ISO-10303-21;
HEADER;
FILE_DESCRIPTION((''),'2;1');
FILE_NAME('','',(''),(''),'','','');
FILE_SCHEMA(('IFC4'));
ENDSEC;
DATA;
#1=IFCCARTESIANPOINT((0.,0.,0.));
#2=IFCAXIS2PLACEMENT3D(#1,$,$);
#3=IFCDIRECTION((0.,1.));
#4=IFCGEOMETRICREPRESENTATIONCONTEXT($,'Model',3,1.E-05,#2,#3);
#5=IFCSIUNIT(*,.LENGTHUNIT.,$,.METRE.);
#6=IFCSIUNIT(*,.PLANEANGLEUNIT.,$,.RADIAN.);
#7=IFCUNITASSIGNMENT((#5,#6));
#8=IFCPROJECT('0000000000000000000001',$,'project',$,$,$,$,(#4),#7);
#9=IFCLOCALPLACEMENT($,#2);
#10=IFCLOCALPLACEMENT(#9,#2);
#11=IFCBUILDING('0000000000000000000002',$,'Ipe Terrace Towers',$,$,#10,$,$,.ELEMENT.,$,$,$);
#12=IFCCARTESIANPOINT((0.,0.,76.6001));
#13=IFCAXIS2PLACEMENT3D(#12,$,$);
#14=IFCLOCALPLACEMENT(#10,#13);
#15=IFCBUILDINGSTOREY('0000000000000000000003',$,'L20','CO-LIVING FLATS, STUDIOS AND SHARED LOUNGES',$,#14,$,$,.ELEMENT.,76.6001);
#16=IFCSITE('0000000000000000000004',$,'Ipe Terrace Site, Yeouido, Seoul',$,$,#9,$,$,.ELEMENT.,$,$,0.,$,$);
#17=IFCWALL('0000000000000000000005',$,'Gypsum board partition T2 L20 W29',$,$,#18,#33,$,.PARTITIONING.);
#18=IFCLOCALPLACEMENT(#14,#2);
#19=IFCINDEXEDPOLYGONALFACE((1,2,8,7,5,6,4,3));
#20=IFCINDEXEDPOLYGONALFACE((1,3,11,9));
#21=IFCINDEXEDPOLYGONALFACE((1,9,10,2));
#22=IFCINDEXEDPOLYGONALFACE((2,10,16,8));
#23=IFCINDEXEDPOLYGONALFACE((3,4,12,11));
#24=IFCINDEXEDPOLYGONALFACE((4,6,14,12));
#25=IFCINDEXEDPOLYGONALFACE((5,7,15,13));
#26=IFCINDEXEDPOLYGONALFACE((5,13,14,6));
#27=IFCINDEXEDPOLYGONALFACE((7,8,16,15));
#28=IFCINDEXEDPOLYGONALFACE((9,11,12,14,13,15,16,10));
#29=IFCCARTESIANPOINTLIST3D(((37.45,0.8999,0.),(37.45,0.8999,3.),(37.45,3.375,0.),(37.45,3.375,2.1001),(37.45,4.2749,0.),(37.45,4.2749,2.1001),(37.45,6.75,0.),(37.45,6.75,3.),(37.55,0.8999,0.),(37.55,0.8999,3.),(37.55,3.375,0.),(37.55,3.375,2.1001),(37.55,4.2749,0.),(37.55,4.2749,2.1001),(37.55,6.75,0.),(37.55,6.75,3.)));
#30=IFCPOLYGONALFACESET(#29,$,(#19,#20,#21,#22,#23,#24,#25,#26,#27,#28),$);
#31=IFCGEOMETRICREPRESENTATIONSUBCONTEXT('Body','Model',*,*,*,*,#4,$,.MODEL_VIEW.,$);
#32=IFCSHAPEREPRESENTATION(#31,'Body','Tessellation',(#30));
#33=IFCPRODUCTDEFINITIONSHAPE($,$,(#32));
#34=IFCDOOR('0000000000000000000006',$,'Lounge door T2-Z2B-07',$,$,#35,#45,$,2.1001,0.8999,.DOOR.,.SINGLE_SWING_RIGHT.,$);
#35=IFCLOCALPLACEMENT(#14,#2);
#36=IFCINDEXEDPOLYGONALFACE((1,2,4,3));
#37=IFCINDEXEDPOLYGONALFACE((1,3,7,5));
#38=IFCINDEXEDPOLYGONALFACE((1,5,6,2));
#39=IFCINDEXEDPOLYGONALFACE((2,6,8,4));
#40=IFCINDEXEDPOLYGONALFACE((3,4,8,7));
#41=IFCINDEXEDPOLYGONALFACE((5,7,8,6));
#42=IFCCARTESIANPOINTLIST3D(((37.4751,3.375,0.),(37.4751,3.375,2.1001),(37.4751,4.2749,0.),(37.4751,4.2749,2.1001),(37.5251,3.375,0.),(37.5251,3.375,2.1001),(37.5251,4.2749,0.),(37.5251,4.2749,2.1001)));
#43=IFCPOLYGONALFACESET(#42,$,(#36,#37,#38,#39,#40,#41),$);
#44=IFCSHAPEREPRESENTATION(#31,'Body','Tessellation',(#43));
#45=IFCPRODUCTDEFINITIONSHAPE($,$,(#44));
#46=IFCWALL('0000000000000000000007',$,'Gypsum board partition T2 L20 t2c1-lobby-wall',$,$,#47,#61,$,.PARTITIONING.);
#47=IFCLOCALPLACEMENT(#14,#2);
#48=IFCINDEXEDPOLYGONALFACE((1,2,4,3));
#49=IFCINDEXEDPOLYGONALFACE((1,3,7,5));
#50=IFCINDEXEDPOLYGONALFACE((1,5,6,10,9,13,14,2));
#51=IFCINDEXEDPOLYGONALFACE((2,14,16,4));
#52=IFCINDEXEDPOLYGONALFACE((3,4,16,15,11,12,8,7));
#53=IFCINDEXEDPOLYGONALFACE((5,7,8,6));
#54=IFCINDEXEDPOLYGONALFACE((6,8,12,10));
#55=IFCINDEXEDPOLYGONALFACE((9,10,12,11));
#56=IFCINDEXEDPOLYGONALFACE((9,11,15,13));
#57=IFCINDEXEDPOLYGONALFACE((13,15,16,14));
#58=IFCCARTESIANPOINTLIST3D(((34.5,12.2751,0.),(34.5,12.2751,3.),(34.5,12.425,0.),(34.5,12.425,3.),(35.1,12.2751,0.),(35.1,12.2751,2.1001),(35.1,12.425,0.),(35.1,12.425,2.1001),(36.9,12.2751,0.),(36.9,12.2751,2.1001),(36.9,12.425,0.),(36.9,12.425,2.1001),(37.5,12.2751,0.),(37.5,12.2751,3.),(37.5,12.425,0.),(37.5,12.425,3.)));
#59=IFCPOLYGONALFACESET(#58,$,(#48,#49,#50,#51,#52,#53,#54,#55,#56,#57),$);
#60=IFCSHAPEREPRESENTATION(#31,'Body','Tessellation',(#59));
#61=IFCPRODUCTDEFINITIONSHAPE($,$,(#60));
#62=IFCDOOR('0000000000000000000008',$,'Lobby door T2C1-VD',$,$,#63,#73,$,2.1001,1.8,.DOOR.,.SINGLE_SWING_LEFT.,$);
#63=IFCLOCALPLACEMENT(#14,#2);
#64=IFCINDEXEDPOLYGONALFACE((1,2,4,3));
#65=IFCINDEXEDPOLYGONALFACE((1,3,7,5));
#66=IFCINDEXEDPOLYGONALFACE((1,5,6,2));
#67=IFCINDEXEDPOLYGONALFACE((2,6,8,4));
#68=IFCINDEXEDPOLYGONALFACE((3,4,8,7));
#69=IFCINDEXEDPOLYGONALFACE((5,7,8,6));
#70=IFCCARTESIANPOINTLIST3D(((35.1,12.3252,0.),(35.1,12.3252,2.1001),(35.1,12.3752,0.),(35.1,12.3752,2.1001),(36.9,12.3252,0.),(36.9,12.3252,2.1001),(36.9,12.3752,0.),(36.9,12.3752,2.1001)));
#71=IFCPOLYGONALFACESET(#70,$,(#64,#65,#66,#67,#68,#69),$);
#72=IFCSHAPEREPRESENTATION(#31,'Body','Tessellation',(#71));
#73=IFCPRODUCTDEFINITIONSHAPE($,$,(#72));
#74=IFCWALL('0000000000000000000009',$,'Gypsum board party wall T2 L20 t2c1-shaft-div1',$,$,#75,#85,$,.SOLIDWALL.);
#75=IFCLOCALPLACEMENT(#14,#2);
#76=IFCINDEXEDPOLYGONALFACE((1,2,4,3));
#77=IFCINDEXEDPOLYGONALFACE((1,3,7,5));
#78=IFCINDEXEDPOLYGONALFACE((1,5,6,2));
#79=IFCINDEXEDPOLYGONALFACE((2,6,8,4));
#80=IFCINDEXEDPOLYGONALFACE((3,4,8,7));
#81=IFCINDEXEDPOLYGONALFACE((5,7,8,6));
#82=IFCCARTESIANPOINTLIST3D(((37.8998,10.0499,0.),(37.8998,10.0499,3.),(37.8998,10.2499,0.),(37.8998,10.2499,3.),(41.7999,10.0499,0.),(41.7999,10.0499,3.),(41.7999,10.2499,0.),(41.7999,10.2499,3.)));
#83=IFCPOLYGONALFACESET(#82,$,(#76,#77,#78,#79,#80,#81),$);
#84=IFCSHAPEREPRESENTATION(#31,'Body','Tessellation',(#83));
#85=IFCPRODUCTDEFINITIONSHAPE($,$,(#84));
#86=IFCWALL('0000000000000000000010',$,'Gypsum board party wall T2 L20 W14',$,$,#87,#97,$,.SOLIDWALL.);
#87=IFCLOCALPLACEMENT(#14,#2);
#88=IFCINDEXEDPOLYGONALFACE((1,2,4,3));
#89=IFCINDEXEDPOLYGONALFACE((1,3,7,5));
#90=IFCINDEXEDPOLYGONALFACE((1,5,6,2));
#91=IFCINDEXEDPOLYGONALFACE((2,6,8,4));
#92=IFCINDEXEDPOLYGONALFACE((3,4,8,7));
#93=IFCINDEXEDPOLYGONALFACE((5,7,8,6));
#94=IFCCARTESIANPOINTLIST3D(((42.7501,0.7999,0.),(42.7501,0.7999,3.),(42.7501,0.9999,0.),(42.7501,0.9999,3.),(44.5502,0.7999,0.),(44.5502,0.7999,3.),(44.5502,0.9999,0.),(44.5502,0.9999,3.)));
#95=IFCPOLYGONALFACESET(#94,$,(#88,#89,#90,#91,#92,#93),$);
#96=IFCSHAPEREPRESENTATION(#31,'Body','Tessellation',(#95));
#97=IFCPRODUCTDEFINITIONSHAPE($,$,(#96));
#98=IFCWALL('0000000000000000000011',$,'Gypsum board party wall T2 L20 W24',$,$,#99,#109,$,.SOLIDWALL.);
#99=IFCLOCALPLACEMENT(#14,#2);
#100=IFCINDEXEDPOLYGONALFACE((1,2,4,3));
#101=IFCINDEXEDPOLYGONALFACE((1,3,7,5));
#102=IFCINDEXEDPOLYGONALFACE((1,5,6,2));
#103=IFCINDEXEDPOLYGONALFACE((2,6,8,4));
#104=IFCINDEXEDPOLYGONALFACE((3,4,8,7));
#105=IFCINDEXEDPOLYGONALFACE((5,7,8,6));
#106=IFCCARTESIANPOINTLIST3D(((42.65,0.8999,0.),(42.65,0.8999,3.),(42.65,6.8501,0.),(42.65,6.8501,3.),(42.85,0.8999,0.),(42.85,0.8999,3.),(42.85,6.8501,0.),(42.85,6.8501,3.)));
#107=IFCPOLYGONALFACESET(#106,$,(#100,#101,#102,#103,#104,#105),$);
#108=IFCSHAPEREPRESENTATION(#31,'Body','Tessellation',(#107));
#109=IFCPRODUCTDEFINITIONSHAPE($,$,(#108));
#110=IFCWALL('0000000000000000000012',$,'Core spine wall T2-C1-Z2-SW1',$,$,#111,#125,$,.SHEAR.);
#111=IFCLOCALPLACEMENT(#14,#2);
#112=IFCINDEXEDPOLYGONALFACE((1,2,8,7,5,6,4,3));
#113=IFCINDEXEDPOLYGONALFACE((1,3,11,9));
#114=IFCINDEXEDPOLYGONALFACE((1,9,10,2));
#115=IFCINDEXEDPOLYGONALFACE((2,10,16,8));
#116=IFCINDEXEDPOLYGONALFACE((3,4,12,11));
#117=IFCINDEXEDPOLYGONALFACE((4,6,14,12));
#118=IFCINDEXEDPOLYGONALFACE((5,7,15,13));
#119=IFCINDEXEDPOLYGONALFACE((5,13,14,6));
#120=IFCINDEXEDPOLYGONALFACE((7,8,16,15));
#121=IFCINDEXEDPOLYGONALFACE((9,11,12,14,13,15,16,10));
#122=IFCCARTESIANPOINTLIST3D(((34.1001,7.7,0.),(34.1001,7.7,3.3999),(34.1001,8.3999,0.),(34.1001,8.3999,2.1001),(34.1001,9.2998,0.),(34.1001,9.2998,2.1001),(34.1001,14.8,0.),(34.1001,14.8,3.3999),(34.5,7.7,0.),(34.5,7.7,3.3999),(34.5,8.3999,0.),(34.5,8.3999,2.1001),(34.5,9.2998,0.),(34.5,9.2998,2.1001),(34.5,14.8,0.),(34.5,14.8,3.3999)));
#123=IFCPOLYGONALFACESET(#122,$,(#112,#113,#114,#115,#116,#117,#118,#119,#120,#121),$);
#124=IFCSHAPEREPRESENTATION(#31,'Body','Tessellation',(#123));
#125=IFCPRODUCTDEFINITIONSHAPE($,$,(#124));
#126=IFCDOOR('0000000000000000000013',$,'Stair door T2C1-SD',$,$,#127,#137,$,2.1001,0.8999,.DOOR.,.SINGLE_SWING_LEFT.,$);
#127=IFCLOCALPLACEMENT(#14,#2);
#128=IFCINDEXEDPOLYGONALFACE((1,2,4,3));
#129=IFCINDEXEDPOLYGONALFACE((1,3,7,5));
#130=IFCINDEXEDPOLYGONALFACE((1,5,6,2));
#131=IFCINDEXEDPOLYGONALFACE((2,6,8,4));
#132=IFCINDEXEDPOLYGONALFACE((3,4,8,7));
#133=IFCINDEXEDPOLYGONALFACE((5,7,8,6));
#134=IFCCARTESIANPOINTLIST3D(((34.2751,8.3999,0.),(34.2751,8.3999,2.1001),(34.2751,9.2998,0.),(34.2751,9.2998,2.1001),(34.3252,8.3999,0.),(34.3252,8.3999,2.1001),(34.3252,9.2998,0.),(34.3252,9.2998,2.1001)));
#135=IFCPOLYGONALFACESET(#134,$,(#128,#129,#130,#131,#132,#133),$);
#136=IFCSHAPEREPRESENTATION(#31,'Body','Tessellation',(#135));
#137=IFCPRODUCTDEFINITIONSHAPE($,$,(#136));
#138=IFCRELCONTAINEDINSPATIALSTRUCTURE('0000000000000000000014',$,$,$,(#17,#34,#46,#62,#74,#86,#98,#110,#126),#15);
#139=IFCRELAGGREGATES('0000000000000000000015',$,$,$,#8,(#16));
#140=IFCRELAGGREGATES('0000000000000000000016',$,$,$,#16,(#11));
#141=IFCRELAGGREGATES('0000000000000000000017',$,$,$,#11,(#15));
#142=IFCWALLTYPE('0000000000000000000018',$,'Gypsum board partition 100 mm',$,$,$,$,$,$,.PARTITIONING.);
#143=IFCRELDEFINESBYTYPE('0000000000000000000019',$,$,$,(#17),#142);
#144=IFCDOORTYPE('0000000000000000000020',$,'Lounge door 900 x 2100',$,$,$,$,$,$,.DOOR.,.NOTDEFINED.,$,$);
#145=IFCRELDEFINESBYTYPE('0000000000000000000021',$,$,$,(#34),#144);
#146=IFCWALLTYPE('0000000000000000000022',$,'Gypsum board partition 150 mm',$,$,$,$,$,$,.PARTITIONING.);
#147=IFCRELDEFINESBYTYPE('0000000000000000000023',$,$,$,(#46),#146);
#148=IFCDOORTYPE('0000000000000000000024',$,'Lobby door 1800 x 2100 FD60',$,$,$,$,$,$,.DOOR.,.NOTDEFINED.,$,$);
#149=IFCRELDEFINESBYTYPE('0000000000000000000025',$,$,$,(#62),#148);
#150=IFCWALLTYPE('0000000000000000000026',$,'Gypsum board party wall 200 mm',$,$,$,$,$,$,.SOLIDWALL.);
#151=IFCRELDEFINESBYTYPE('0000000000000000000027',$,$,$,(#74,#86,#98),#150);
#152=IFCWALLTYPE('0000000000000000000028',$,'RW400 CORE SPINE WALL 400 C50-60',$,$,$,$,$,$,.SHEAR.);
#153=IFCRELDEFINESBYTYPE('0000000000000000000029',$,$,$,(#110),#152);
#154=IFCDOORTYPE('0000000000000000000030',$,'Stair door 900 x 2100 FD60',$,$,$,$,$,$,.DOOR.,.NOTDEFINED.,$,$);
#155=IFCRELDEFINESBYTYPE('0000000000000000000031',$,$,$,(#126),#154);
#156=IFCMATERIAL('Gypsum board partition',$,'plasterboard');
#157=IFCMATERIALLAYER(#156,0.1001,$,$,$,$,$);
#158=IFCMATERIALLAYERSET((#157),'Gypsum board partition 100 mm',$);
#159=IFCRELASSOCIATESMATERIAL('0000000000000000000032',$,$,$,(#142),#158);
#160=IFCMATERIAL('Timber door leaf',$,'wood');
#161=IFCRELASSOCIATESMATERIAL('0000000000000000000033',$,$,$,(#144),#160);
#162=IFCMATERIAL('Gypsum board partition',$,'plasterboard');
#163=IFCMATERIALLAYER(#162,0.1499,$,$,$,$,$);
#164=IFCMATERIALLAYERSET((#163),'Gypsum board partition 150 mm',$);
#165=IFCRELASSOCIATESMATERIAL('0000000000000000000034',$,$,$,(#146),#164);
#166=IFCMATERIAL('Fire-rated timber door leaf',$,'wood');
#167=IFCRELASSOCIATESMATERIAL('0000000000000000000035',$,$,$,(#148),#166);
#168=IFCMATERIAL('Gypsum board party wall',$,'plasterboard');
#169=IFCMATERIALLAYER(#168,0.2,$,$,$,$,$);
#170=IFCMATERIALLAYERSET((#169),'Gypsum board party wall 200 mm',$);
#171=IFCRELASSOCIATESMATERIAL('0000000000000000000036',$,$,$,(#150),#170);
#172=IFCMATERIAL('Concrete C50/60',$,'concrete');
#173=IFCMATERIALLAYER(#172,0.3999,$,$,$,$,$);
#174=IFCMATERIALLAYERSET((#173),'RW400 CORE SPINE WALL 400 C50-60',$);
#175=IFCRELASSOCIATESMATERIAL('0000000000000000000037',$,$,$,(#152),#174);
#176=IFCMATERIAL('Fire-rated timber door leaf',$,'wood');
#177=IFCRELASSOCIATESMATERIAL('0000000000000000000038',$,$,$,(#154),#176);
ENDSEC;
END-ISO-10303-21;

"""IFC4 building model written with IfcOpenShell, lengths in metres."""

from ifc_helpers import new_model, si_unit, direction, frame, frame_2d, origin, place, context, subcontext, project, spatial, rectangle, extrude, material, layer, layer_set, type_object, element, fill, save


model = new_model("IFC4")

# Units and contexts
model_context = context("Model", 3, precision=1e-05, world=origin(), true_north=direction((0.0, 1.0)))
body_context = subcontext(model_context, "Body", "Model", "MODEL_VIEW")
ifc_project = project(units=[si_unit("LENGTHUNIT", "METRE"), si_unit("PLANEANGLEUNIT", "RADIAN")], contexts=[model_context])

# Site, building, storey
site_placement = place(None, origin())
site = spatial("IfcSite", under=ifc_project, at=site_placement, Name="Ipe Terrace Site, Yeouido, Seoul", CompositionType="ELEMENT", RefElevation=0.0)
building_placement = place(site_placement, origin())
building = spatial("IfcBuilding", under=site, at=building_placement, Name="Ipe Terrace Towers", CompositionType="ELEMENT")
storey_placement = place(building_placement, frame((0.0, 0.0, 76.6001)))
storey = spatial("IfcBuildingStorey", under=building, at=storey_placement, Name="L20", Description="CO-LIVING FLATS, STUDIOS AND SHARED LOUNGES", CompositionType="ELEMENT", Elevation=76.6001)

# Shared definitions
ifc_material_1 = material(Name="Gypsum board partition", Category="plasterboard")
ifc_layer_1 = layer(ifc_material_1, 0.1001)
ifc_layer_set_1 = layer_set([ifc_layer_1], Name="Gypsum board partition 100 mm")
wall_type_1 = type_object("IfcWallType", Name="Gypsum board partition 100 mm", PredefinedType="PARTITIONING", material=ifc_layer_set_1)
ifc_material_2 = material(Name="Timber door leaf", Category="wood")
door_type_1 = type_object("IfcDoorType", Name="Lounge door 900 x 2100", OperationType="NOTDEFINED", PredefinedType="DOOR", material=ifc_material_2)

# Walls, openings, doors
wall_1_placement = place(storey_placement, frame((37.5, 0.8999, 0.0), z_axis=(0.0, 0.0, 1.0), x_axis=(0.0, 1.0, 0.0)))
wall_1 = element("IfcWall", 1, at=wall_1_placement, inside=storey, type_object=wall_type_1, Name="Gypsum board partition T2 L20 W29", PredefinedType="PARTITIONING", context=body_context, shape_type="SweptSolid", body=[
    extrude(rectangle(XDim=5.8501, YDim=0.1001, at=frame_2d((2.925, 0.0))), origin(), (0.0, 0.0, 1.0), 3.0),
])
opening_1_placement = place(wall_1_placement, frame((2.4751, 0.0, 0.0)))
opening_1 = element("IfcOpeningElement", 2, at=opening_1_placement, cuts=wall_1, PredefinedType="OPENING", context=body_context, shape_type="SweptSolid", body=[
    extrude(rectangle(XDim=0.8999, YDim=2.1001, at=frame_2d((0.45, 1.05))), frame((0.0, 0.0601, 0.0), z_axis=(0.0, -1.0, 0.0), x_axis=(1.0, 0.0, 0.0)), (0.0, 0.0, 1.0), 0.1201),
])
door_1_placement = place(opening_1_placement, origin())
door_1 = element("IfcDoor", 3, at=door_1_placement, inside=storey, type_object=door_type_1, Name="Lounge door T2-Z2B-07", OperationType="SINGLE_SWING_RIGHT", OverallHeight=2.1001, OverallWidth=0.8999, PredefinedType="DOOR", context=body_context, shape_type="SweptSolid", body=[
    extrude(rectangle(XDim=0.8999, YDim=2.1001, at=frame_2d((0.45, 1.05))), frame((0.0, 0.0249, 0.0), z_axis=(0.0, -1.0, 0.0), x_axis=(1.0, 0.0, 0.0)), (0.0, 0.0, 1.0), 0.05),
])
fill(opening_1, door_1)
ifc_material_3 = material(Name="Gypsum board partition", Category="plasterboard")
ifc_layer_2 = layer(ifc_material_3, 0.1499)
ifc_layer_set_2 = layer_set([ifc_layer_2], Name="Gypsum board partition 150 mm")
wall_type_2 = type_object("IfcWallType", Name="Gypsum board partition 150 mm", PredefinedType="PARTITIONING", material=ifc_layer_set_2)
wall_2_placement = place(storey_placement, frame((37.5, 12.3501, 0.0), z_axis=(0.0, 0.0, 1.0), x_axis=(-1.0, 0.0, 0.0)))
wall_2 = element("IfcWall", 4, at=wall_2_placement, inside=storey, type_object=wall_type_2, Name="Gypsum board partition T2 L20 t2c1-lobby-wall", PredefinedType="PARTITIONING", context=body_context, shape_type="SweptSolid", body=[
    extrude(rectangle(XDim=3.0, YDim=0.1499, at=frame_2d((1.5, 0.0))), origin(), (0.0, 0.0, 1.0), 3.0),
])
opening_2_placement = place(wall_2_placement, frame((0.6001, 0.0, 0.0)))
opening_2 = element("IfcOpeningElement", 5, at=opening_2_placement, cuts=wall_2, PredefinedType="OPENING", context=body_context, shape_type="SweptSolid", body=[
    extrude(rectangle(XDim=1.8, YDim=2.1001, at=frame_2d((0.8999, 1.05))), frame((0.0, 0.085, 0.0), z_axis=(0.0, -1.0, 0.0), x_axis=(1.0, 0.0, 0.0)), (0.0, 0.0, 1.0), 0.1699),
])
ifc_material_4 = material(Name="Fire-rated timber door leaf", Category="wood")
door_type_2 = type_object("IfcDoorType", Name="Lobby door 1800 x 2100 FD60", OperationType="NOTDEFINED", PredefinedType="DOOR", material=ifc_material_4)
door_2_placement = place(opening_2_placement, origin())
door_2 = element("IfcDoor", 6, at=door_2_placement, inside=storey, type_object=door_type_2, Name="Lobby door T2C1-VD", OperationType="SINGLE_SWING_LEFT", OverallHeight=2.1001, OverallWidth=1.8, PredefinedType="DOOR", context=body_context, shape_type="SweptSolid", body=[
    extrude(rectangle(XDim=1.8, YDim=2.1001, at=frame_2d((0.8999, 1.05))), frame((0.0, 0.0249, 0.0), z_axis=(0.0, -1.0, 0.0), x_axis=(1.0, 0.0, 0.0)), (0.0, 0.0, 1.0), 0.05),
])
fill(opening_2, door_2)

# Walls
ifc_material_5 = material(Name="Gypsum board party wall", Category="plasterboard")
ifc_layer_3 = layer(ifc_material_5, 0.2)
ifc_layer_set_3 = layer_set([ifc_layer_3], Name="Gypsum board party wall 200 mm")
wall_type_3 = type_object("IfcWallType", Name="Gypsum board party wall 200 mm", PredefinedType="SOLIDWALL", material=ifc_layer_set_3)
wall_3_placement = place(storey_placement, frame((41.8, 10.1499, 0.0), z_axis=(0.0, 0.0, 1.0), x_axis=(-1.0, 0.0, 0.0)))
element("IfcWall", 7, at=wall_3_placement, inside=storey, type_object=wall_type_3, Name="Gypsum board party wall T2 L20 t2c1-shaft-div1", PredefinedType="SOLIDWALL", context=body_context, shape_type="SweptSolid", body=[
    extrude(rectangle(XDim=3.9001, YDim=0.2, at=frame_2d((1.9502, 0.0))), origin(), (0.0, 0.0, 1.0), 3.0),
])
wall_4_placement = place(storey_placement, frame((44.55, 0.8999, 0.0), z_axis=(0.0, 0.0, 1.0), x_axis=(-1.0, 0.0, 0.0)))
element("IfcWall", 8, at=wall_4_placement, inside=storey, type_object=wall_type_3, Name="Gypsum board party wall T2 L20 W14", PredefinedType="SOLIDWALL", context=body_context, shape_type="SweptSolid", body=[
    extrude(rectangle(XDim=1.8, YDim=0.2, at=frame_2d((0.8999, 0.0))), origin(), (0.0, 0.0, 1.0), 3.0),
])
wall_5_placement = place(storey_placement, frame((42.75, 0.8999, 0.0), z_axis=(0.0, 0.0, 1.0), x_axis=(0.0, 1.0, 0.0)))
element("IfcWall", 9, at=wall_5_placement, inside=storey, type_object=wall_type_3, Name="Gypsum board party wall T2 L20 W24", PredefinedType="SOLIDWALL", context=body_context, shape_type="SweptSolid", body=[
    extrude(rectangle(XDim=5.9502, YDim=0.2, at=frame_2d((2.9751, 0.0))), origin(), (0.0, 0.0, 1.0), 3.0),
])

# Wall, opening, door
ifc_material_6 = material(Name="Concrete C50/60", Category="concrete")
ifc_layer_4 = layer(ifc_material_6, 0.3999)
ifc_layer_set_4 = layer_set([ifc_layer_4], Name="RW400 CORE SPINE WALL 400 C50-60")
wall_type_4 = type_object("IfcWallType", Name="RW400 CORE SPINE WALL 400 C50-60", PredefinedType="SHEAR", material=ifc_layer_set_4)
wall_6_placement = place(storey_placement, frame((34.3, 7.7, 0.0), z_axis=(0.0, 0.0, 1.0), x_axis=(0.0, 1.0, 0.0)))
wall_6 = element("IfcWall", 10, at=wall_6_placement, inside=storey, type_object=wall_type_4, Name="Core spine wall T2-C1-Z2-SW1", PredefinedType="SHEAR", context=body_context, shape_type="SweptSolid", body=[
    extrude(rectangle(XDim=7.1001, YDim=0.3999, at=frame_2d((3.55, 0.0))), origin(), (0.0, 0.0, 1.0), 3.3999),
])
opening_3_placement = place(wall_6_placement, frame((0.7, 0.0, 0.0)))
opening_3 = element("IfcOpeningElement", 11, at=opening_3_placement, cuts=wall_6, PredefinedType="OPENING", context=body_context, shape_type="SweptSolid", body=[
    extrude(rectangle(XDim=0.8999, YDim=2.1001, at=frame_2d((0.45, 1.05))), frame((0.0, 0.21, 0.0), z_axis=(0.0, -1.0, 0.0), x_axis=(1.0, 0.0, 0.0)), (0.0, 0.0, 1.0), 0.4199),
])
ifc_material_7 = material(Name="Fire-rated timber door leaf", Category="wood")
door_type_3 = type_object("IfcDoorType", Name="Stair door 900 x 2100 FD60", OperationType="NOTDEFINED", PredefinedType="DOOR", material=ifc_material_7)
door_3_placement = place(opening_3_placement, origin())
door_3 = element("IfcDoor", 12, at=door_3_placement, inside=storey, type_object=door_type_3, Name="Stair door T2C1-SD", OperationType="SINGLE_SWING_LEFT", OverallHeight=2.1001, OverallWidth=0.8999, PredefinedType="DOOR", context=body_context, shape_type="SweptSolid", body=[
    extrude(rectangle(XDim=0.8999, YDim=2.1001, at=frame_2d((0.45, 1.05))), frame((0.0, 0.0249, 0.0), z_axis=(0.0, -1.0, 0.0), x_axis=(1.0, 0.0, 0.0)), (0.0, 0.0, 1.0), 0.05),
])
fill(opening_3, door_3)

save(model, "model.ifc")
